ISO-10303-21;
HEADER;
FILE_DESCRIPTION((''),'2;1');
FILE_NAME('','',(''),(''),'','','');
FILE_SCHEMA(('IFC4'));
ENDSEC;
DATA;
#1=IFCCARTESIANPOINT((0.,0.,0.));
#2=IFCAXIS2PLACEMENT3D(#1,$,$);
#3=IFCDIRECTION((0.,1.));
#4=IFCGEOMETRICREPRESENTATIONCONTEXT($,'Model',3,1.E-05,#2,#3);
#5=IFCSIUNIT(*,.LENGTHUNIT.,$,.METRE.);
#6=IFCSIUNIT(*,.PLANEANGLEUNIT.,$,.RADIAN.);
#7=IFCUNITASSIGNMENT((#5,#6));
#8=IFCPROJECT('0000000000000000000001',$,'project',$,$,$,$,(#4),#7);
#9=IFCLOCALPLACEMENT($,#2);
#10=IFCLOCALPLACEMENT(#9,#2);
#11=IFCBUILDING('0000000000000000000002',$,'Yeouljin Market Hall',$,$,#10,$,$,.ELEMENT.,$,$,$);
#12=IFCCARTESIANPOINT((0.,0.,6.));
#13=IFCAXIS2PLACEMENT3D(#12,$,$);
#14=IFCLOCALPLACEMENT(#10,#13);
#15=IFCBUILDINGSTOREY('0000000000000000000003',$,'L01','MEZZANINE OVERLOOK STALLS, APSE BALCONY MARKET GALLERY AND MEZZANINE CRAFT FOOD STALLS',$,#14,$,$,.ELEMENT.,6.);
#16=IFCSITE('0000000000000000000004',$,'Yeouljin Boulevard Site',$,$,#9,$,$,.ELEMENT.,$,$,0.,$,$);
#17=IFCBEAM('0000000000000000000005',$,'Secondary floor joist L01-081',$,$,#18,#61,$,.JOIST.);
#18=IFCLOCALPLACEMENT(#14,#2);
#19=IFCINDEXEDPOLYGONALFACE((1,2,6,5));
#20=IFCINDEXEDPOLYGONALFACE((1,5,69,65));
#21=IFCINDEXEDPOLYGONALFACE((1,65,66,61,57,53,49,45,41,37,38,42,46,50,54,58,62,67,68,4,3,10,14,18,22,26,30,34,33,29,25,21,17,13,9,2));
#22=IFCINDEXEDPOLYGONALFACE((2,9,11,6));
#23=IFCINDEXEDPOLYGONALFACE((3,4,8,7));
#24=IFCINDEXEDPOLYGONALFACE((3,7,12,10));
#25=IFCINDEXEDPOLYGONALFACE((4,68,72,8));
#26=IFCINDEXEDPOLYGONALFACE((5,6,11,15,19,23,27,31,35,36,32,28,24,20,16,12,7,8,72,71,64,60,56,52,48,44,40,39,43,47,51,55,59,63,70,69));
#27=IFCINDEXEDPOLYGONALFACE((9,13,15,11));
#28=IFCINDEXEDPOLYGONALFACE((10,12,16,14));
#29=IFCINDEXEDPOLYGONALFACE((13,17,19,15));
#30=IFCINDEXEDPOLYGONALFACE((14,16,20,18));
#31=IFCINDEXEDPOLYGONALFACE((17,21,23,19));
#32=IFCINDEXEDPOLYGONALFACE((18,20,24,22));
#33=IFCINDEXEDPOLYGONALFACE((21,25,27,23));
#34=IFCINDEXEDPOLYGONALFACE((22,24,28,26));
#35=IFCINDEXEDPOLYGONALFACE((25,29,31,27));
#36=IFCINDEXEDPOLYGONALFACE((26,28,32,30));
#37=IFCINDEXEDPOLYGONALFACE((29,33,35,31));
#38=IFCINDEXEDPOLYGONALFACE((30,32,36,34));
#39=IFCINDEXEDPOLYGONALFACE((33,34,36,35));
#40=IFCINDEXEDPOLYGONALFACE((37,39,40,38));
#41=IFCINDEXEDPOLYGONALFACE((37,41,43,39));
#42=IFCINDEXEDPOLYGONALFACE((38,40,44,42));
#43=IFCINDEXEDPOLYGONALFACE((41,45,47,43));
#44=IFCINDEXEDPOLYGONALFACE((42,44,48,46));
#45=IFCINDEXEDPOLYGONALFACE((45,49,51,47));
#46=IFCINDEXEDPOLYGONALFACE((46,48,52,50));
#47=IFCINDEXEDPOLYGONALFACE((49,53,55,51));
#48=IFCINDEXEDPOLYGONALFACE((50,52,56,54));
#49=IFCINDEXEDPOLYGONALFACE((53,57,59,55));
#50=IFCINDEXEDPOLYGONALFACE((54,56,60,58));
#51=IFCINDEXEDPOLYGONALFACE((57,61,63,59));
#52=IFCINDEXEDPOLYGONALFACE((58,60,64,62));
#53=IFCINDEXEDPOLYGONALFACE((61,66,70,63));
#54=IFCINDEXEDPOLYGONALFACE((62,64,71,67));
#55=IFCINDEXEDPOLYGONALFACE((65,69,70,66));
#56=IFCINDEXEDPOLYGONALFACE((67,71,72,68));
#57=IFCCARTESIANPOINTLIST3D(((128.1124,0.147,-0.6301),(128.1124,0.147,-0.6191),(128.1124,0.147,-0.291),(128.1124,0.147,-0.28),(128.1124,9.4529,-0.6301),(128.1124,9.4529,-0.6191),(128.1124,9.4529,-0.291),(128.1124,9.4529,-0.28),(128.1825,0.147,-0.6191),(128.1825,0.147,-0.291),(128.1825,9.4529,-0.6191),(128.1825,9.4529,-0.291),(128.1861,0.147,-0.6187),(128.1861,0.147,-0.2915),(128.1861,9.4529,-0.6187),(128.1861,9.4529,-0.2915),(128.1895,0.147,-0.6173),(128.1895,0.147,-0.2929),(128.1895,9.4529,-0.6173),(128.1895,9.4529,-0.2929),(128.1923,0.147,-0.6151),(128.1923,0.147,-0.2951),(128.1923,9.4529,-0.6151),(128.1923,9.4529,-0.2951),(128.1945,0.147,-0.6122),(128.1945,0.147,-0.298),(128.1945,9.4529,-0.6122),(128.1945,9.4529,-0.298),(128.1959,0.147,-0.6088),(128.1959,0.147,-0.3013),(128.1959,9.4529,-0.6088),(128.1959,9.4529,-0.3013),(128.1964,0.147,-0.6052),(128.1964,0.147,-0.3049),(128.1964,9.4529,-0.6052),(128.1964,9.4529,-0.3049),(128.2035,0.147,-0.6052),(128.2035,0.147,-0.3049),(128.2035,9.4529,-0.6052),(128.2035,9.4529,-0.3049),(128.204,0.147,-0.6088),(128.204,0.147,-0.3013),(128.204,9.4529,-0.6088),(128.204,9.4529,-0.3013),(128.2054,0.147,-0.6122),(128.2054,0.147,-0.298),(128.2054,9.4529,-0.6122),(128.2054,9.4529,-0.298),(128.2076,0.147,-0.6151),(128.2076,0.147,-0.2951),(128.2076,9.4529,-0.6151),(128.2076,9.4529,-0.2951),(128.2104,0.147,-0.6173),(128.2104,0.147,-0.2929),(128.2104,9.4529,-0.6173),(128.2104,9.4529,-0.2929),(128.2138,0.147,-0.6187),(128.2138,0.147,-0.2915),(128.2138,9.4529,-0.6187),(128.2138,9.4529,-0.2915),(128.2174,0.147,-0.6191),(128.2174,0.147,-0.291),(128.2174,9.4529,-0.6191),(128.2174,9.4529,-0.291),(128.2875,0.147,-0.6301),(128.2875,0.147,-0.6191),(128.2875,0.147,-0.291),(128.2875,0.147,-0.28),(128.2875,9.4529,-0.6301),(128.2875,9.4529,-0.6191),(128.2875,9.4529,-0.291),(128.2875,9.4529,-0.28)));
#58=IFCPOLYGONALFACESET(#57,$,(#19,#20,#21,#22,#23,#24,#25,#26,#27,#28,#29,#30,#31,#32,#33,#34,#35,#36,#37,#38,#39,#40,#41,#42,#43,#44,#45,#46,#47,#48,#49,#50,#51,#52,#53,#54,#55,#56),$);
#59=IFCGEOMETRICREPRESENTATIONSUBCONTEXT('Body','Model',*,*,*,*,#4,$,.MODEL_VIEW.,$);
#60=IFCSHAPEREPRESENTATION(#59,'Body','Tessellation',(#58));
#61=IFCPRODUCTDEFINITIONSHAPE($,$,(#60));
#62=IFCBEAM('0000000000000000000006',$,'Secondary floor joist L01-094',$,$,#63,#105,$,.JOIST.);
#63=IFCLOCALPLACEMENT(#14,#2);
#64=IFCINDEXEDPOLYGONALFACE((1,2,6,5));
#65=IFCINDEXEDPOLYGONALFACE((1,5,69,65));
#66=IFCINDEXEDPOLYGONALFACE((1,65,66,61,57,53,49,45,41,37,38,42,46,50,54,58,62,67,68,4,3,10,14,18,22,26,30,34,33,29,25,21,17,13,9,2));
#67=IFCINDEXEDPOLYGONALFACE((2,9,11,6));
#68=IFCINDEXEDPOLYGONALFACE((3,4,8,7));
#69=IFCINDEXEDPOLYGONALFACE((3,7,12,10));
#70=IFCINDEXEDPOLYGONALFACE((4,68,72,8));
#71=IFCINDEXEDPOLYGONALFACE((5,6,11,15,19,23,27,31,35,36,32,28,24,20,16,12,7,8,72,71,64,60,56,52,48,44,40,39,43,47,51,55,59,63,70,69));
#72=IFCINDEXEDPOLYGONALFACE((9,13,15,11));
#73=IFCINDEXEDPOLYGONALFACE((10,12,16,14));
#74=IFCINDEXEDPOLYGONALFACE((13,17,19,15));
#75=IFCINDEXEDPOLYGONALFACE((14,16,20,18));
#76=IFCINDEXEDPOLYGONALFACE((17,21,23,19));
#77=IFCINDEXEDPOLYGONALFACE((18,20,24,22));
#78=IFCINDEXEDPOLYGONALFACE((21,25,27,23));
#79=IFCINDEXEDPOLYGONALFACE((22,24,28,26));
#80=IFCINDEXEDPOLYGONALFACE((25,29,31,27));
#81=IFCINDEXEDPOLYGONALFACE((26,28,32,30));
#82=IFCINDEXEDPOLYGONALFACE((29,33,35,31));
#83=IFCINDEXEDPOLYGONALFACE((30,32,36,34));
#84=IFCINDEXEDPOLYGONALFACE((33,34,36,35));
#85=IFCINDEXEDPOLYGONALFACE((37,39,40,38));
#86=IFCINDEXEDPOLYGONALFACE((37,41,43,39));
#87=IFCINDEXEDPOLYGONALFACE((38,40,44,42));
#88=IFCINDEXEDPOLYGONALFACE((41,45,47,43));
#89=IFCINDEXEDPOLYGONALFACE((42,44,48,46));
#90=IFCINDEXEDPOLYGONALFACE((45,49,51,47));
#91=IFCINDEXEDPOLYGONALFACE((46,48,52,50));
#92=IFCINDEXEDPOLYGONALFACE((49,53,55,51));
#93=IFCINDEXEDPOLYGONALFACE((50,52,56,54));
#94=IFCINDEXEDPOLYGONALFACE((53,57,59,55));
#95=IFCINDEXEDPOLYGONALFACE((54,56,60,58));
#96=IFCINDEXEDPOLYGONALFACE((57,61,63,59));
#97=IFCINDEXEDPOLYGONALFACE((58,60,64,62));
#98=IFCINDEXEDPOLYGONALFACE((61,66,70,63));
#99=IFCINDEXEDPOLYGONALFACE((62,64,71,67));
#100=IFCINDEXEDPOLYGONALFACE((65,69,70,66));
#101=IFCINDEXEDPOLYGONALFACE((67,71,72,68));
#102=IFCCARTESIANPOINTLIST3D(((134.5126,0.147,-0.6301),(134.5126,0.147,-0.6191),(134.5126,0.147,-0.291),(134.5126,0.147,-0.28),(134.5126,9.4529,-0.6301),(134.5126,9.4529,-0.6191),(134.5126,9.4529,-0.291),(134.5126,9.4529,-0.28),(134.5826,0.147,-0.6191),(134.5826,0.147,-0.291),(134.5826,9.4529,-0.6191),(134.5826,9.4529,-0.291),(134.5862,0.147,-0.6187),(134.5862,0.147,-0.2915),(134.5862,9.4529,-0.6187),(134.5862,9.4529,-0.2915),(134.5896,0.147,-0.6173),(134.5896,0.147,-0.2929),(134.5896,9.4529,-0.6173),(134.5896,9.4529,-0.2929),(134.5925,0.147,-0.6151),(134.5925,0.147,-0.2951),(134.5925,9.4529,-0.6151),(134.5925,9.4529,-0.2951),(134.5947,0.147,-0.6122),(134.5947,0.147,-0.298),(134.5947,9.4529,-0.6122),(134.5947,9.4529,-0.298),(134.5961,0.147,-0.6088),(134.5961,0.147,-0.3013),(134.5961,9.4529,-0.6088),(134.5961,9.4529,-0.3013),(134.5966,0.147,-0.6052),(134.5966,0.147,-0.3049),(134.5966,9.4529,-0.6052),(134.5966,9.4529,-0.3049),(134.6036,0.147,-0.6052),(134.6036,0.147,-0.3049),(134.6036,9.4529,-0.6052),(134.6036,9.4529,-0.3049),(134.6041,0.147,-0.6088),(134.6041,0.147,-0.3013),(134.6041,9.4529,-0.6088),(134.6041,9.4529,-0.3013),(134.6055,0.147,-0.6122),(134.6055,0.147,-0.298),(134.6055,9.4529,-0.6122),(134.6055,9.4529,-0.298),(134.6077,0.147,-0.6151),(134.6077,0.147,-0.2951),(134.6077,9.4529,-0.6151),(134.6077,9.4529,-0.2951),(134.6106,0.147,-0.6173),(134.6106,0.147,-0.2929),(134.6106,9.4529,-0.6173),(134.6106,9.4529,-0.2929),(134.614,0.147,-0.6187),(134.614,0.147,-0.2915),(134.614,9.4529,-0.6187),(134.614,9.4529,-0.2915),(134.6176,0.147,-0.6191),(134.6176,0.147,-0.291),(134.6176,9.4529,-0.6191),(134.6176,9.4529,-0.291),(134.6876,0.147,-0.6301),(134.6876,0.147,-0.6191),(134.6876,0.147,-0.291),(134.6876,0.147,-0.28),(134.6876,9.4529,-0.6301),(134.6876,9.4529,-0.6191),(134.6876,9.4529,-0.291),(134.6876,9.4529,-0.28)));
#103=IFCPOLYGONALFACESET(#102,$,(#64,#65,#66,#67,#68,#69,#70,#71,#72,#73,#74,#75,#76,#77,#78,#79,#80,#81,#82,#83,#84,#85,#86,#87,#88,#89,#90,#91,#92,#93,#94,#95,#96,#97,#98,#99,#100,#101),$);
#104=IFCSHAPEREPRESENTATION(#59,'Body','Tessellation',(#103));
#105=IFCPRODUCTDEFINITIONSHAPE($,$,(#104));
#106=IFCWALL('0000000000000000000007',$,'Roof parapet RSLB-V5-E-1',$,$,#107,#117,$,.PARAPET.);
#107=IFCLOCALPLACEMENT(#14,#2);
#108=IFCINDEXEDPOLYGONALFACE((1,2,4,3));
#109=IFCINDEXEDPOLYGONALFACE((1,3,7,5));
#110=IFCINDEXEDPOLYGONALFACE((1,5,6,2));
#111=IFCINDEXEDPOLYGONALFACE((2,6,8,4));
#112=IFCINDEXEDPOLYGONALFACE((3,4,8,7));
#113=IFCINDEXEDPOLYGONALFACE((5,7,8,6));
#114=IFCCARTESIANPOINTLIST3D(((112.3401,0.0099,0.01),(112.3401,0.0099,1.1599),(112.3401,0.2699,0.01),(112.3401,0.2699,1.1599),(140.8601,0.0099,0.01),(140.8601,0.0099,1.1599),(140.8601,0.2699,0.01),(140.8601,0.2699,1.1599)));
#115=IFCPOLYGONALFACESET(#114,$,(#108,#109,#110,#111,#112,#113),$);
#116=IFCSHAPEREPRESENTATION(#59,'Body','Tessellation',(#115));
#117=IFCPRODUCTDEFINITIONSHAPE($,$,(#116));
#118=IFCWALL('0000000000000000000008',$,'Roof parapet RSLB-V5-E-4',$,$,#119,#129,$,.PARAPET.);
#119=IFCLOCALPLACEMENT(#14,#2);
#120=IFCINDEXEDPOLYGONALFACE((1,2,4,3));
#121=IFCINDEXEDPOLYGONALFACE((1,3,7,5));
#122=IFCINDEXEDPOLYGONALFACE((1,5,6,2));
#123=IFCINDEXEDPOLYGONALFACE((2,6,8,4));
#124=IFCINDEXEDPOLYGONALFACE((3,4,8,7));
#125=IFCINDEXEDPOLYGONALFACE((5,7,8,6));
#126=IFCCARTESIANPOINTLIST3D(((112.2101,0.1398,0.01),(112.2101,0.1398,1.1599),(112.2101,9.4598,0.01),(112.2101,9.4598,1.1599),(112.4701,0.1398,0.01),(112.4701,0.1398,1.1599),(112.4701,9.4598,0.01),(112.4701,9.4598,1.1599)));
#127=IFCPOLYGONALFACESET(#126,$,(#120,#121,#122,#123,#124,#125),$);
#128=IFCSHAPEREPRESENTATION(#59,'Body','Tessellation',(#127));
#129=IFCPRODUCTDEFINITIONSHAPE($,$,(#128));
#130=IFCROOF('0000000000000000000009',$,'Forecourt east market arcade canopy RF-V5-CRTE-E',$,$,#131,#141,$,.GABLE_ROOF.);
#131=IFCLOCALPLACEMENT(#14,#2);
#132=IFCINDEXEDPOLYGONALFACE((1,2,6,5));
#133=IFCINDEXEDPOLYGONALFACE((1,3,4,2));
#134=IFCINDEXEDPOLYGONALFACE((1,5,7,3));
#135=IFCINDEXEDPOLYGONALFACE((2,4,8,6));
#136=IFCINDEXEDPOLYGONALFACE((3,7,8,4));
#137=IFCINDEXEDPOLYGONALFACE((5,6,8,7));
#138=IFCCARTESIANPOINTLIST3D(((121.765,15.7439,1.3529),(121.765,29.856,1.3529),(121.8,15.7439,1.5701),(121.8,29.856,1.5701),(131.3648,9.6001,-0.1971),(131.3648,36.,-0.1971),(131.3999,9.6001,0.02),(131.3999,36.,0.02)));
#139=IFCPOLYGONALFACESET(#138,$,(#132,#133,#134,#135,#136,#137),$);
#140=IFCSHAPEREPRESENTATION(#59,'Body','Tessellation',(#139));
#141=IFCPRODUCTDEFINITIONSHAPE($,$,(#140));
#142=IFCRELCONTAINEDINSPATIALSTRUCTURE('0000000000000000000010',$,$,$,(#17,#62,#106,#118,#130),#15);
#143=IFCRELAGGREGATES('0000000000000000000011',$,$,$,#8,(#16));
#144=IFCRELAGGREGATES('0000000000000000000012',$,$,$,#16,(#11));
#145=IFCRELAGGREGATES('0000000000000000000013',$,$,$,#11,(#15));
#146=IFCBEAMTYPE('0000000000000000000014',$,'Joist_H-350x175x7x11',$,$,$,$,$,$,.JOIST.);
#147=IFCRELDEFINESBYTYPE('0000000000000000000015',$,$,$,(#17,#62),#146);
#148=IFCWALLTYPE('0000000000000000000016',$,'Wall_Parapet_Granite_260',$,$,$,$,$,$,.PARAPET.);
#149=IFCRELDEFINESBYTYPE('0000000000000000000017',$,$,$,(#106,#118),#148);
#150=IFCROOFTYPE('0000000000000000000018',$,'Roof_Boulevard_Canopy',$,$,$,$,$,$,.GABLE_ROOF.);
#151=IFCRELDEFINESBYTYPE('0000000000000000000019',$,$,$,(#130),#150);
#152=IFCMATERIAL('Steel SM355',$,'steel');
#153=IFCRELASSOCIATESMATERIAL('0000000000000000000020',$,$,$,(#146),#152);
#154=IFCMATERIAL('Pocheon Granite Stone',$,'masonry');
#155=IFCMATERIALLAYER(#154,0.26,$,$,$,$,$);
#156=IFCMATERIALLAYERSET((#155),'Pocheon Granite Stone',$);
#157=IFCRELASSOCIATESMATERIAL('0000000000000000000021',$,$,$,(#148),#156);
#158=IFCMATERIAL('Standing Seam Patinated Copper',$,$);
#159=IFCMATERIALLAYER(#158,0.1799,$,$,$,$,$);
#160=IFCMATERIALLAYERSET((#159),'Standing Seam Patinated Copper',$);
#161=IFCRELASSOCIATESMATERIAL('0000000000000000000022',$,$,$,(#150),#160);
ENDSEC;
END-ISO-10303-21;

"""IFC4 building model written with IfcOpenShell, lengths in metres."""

from ifc_helpers import new_model, si_unit, direction, frame, frame_2d, origin, origin_2d, place, context, subcontext, project, spatial, polyline, rectangle, i_section, outline, extrude, material, layer, layer_set, material_profile, profile_set, type_object, element, save


model = new_model("IFC4")

# Units and contexts
model_context = context("Model", 3, precision=1e-05, world=origin(), true_north=direction((0.0, 1.0)))
body_context = subcontext(model_context, "Body", "Model", "MODEL_VIEW")
ifc_project = project(units=[si_unit("LENGTHUNIT", "METRE"), si_unit("PLANEANGLEUNIT", "RADIAN")], contexts=[model_context])

# Site, building, storey
site_placement = place(None, origin())
site = spatial("IfcSite", under=ifc_project, at=site_placement, Name="Yeouljin Boulevard Site", CompositionType="ELEMENT", RefElevation=0.0)
building_placement = place(site_placement, origin())
building = spatial("IfcBuilding", under=site, at=building_placement, Name="Yeouljin Market Hall", CompositionType="ELEMENT")
storey_placement = place(building_placement, frame((0.0, 0.0, 6.0)))
storey = spatial("IfcBuildingStorey", under=building, at=storey_placement, Name="L01", Description="MEZZANINE OVERLOOK STALLS, APSE BALCONY MARKET GALLERY AND MEZZANINE CRAFT FOOD STALLS", CompositionType="ELEMENT", Elevation=6.0)

# Beams
ifc_material_1 = material(Name="Steel SM355", Category="steel")
ifc_material_profile_1 = material_profile(ifc_material_1, i_section(OverallWidth=0.175, OverallDepth=0.3501, WebThickness=0.0071, FlangeThickness=0.011, FilletRadius=0.0139, at=origin_2d()), Name="H-350x175x7x11")
ifc_profile_set_1 = profile_set([ifc_material_profile_1], Name="Steel SM355")
beam_type_1 = type_object("IfcBeamType", Name="Joist_H-350x175x7x11", PredefinedType="JOIST", material=ifc_profile_set_1)
for number, where, z_axis, x_axis, name in (
    (1, (128.2, 0.147, -0.4551), (0.0, 1.0, 0.0), (-1.0, 0.0, 0.0), "Secondary floor joist L01-081"),
    (2, (134.6001, 0.147, -0.4551), (0.0, 1.0, 0.0), (-1.0, 0.0, 0.0), "Secondary floor joist L01-094"),
):
    element("IfcBeam", number, at=place(storey_placement, frame(where, z_axis=z_axis, x_axis=x_axis)), inside=storey, type_object=beam_type_1, Name=name, PredefinedType="JOIST", context=body_context, shape_type="SweptSolid", body=[
        extrude(i_section(OverallWidth=0.175, OverallDepth=0.3501, WebThickness=0.0071, FlangeThickness=0.011, FilletRadius=0.0139, at=origin_2d()), origin(), (0.0, 0.0, 1.0), 9.3059),
    ])

# Walls
ifc_material_2 = material(Name="Pocheon Granite Stone", Category="masonry")
ifc_layer_1 = layer(ifc_material_2, 0.26)
ifc_layer_set_1 = layer_set([ifc_layer_1], Name="Pocheon Granite Stone")
wall_type = type_object("IfcWallType", Name="Wall_Parapet_Granite_260", PredefinedType="PARAPET", material=ifc_layer_set_1)
wall_1_placement = place(storey_placement, frame((112.3401, 0.1399, 0.01), z_axis=(0.0, 0.0, 1.0), x_axis=(1.0, 0.0, 0.0)))
element("IfcWall", 3, at=wall_1_placement, inside=storey, type_object=wall_type, Name="Roof parapet RSLB-V5-E-1", PredefinedType="PARAPET", context=body_context, shape_type="SweptSolid", body=[
    extrude(rectangle(XDim=28.52, YDim=0.26, at=frame_2d((14.26, 0.0))), origin(), (0.0, 0.0, 1.0), 1.1499),
])
wall_2_placement = place(storey_placement, frame((112.3401, 9.46, 0.01), z_axis=(0.0, 0.0, 1.0), x_axis=(0.0, -1.0, 0.0)))
element("IfcWall", 4, at=wall_2_placement, inside=storey, type_object=wall_type, Name="Roof parapet RSLB-V5-E-4", PredefinedType="PARAPET", context=body_context, shape_type="SweptSolid", body=[
    extrude(rectangle(XDim=9.3201, YDim=0.26, at=frame_2d((4.6602, 0.0))), origin(), (0.0, 0.0, 1.0), 1.1499),
])

# Roof
ifc_material_3 = material(Name="Standing Seam Patinated Copper")
ifc_layer_2 = layer(ifc_material_3, 0.1799)
ifc_layer_set_2 = layer_set([ifc_layer_2], Name="Standing Seam Patinated Copper")
roof_type = type_object("IfcRoofType", Name="Roof_Boulevard_Canopy", PredefinedType="GABLE_ROOF", material=ifc_layer_set_2)
roof_placement = place(storey_placement, frame((131.3999, 9.6001, 0.02), z_axis=(0.159401, 0.0, 0.987214), x_axis=(0.0, 1.0, 0.0)))
element("IfcRoof", 5, at=roof_placement, inside=storey, type_object=roof_type, Name="Forecourt east market arcade canopy RF-V5-CRTE-E", PredefinedType="GABLE_ROOF", context=body_context, shape_type="SweptSolid", body=[
    extrude(outline(polyline([(0.0, 0.0), (26.3999, 0.0), (20.2559, 9.7242), (6.1438, 9.7242), (0.0, 0.0)])), origin(), (0.0, 0.0, -1.0), 0.22),
])

save(model, "model.ifc")
